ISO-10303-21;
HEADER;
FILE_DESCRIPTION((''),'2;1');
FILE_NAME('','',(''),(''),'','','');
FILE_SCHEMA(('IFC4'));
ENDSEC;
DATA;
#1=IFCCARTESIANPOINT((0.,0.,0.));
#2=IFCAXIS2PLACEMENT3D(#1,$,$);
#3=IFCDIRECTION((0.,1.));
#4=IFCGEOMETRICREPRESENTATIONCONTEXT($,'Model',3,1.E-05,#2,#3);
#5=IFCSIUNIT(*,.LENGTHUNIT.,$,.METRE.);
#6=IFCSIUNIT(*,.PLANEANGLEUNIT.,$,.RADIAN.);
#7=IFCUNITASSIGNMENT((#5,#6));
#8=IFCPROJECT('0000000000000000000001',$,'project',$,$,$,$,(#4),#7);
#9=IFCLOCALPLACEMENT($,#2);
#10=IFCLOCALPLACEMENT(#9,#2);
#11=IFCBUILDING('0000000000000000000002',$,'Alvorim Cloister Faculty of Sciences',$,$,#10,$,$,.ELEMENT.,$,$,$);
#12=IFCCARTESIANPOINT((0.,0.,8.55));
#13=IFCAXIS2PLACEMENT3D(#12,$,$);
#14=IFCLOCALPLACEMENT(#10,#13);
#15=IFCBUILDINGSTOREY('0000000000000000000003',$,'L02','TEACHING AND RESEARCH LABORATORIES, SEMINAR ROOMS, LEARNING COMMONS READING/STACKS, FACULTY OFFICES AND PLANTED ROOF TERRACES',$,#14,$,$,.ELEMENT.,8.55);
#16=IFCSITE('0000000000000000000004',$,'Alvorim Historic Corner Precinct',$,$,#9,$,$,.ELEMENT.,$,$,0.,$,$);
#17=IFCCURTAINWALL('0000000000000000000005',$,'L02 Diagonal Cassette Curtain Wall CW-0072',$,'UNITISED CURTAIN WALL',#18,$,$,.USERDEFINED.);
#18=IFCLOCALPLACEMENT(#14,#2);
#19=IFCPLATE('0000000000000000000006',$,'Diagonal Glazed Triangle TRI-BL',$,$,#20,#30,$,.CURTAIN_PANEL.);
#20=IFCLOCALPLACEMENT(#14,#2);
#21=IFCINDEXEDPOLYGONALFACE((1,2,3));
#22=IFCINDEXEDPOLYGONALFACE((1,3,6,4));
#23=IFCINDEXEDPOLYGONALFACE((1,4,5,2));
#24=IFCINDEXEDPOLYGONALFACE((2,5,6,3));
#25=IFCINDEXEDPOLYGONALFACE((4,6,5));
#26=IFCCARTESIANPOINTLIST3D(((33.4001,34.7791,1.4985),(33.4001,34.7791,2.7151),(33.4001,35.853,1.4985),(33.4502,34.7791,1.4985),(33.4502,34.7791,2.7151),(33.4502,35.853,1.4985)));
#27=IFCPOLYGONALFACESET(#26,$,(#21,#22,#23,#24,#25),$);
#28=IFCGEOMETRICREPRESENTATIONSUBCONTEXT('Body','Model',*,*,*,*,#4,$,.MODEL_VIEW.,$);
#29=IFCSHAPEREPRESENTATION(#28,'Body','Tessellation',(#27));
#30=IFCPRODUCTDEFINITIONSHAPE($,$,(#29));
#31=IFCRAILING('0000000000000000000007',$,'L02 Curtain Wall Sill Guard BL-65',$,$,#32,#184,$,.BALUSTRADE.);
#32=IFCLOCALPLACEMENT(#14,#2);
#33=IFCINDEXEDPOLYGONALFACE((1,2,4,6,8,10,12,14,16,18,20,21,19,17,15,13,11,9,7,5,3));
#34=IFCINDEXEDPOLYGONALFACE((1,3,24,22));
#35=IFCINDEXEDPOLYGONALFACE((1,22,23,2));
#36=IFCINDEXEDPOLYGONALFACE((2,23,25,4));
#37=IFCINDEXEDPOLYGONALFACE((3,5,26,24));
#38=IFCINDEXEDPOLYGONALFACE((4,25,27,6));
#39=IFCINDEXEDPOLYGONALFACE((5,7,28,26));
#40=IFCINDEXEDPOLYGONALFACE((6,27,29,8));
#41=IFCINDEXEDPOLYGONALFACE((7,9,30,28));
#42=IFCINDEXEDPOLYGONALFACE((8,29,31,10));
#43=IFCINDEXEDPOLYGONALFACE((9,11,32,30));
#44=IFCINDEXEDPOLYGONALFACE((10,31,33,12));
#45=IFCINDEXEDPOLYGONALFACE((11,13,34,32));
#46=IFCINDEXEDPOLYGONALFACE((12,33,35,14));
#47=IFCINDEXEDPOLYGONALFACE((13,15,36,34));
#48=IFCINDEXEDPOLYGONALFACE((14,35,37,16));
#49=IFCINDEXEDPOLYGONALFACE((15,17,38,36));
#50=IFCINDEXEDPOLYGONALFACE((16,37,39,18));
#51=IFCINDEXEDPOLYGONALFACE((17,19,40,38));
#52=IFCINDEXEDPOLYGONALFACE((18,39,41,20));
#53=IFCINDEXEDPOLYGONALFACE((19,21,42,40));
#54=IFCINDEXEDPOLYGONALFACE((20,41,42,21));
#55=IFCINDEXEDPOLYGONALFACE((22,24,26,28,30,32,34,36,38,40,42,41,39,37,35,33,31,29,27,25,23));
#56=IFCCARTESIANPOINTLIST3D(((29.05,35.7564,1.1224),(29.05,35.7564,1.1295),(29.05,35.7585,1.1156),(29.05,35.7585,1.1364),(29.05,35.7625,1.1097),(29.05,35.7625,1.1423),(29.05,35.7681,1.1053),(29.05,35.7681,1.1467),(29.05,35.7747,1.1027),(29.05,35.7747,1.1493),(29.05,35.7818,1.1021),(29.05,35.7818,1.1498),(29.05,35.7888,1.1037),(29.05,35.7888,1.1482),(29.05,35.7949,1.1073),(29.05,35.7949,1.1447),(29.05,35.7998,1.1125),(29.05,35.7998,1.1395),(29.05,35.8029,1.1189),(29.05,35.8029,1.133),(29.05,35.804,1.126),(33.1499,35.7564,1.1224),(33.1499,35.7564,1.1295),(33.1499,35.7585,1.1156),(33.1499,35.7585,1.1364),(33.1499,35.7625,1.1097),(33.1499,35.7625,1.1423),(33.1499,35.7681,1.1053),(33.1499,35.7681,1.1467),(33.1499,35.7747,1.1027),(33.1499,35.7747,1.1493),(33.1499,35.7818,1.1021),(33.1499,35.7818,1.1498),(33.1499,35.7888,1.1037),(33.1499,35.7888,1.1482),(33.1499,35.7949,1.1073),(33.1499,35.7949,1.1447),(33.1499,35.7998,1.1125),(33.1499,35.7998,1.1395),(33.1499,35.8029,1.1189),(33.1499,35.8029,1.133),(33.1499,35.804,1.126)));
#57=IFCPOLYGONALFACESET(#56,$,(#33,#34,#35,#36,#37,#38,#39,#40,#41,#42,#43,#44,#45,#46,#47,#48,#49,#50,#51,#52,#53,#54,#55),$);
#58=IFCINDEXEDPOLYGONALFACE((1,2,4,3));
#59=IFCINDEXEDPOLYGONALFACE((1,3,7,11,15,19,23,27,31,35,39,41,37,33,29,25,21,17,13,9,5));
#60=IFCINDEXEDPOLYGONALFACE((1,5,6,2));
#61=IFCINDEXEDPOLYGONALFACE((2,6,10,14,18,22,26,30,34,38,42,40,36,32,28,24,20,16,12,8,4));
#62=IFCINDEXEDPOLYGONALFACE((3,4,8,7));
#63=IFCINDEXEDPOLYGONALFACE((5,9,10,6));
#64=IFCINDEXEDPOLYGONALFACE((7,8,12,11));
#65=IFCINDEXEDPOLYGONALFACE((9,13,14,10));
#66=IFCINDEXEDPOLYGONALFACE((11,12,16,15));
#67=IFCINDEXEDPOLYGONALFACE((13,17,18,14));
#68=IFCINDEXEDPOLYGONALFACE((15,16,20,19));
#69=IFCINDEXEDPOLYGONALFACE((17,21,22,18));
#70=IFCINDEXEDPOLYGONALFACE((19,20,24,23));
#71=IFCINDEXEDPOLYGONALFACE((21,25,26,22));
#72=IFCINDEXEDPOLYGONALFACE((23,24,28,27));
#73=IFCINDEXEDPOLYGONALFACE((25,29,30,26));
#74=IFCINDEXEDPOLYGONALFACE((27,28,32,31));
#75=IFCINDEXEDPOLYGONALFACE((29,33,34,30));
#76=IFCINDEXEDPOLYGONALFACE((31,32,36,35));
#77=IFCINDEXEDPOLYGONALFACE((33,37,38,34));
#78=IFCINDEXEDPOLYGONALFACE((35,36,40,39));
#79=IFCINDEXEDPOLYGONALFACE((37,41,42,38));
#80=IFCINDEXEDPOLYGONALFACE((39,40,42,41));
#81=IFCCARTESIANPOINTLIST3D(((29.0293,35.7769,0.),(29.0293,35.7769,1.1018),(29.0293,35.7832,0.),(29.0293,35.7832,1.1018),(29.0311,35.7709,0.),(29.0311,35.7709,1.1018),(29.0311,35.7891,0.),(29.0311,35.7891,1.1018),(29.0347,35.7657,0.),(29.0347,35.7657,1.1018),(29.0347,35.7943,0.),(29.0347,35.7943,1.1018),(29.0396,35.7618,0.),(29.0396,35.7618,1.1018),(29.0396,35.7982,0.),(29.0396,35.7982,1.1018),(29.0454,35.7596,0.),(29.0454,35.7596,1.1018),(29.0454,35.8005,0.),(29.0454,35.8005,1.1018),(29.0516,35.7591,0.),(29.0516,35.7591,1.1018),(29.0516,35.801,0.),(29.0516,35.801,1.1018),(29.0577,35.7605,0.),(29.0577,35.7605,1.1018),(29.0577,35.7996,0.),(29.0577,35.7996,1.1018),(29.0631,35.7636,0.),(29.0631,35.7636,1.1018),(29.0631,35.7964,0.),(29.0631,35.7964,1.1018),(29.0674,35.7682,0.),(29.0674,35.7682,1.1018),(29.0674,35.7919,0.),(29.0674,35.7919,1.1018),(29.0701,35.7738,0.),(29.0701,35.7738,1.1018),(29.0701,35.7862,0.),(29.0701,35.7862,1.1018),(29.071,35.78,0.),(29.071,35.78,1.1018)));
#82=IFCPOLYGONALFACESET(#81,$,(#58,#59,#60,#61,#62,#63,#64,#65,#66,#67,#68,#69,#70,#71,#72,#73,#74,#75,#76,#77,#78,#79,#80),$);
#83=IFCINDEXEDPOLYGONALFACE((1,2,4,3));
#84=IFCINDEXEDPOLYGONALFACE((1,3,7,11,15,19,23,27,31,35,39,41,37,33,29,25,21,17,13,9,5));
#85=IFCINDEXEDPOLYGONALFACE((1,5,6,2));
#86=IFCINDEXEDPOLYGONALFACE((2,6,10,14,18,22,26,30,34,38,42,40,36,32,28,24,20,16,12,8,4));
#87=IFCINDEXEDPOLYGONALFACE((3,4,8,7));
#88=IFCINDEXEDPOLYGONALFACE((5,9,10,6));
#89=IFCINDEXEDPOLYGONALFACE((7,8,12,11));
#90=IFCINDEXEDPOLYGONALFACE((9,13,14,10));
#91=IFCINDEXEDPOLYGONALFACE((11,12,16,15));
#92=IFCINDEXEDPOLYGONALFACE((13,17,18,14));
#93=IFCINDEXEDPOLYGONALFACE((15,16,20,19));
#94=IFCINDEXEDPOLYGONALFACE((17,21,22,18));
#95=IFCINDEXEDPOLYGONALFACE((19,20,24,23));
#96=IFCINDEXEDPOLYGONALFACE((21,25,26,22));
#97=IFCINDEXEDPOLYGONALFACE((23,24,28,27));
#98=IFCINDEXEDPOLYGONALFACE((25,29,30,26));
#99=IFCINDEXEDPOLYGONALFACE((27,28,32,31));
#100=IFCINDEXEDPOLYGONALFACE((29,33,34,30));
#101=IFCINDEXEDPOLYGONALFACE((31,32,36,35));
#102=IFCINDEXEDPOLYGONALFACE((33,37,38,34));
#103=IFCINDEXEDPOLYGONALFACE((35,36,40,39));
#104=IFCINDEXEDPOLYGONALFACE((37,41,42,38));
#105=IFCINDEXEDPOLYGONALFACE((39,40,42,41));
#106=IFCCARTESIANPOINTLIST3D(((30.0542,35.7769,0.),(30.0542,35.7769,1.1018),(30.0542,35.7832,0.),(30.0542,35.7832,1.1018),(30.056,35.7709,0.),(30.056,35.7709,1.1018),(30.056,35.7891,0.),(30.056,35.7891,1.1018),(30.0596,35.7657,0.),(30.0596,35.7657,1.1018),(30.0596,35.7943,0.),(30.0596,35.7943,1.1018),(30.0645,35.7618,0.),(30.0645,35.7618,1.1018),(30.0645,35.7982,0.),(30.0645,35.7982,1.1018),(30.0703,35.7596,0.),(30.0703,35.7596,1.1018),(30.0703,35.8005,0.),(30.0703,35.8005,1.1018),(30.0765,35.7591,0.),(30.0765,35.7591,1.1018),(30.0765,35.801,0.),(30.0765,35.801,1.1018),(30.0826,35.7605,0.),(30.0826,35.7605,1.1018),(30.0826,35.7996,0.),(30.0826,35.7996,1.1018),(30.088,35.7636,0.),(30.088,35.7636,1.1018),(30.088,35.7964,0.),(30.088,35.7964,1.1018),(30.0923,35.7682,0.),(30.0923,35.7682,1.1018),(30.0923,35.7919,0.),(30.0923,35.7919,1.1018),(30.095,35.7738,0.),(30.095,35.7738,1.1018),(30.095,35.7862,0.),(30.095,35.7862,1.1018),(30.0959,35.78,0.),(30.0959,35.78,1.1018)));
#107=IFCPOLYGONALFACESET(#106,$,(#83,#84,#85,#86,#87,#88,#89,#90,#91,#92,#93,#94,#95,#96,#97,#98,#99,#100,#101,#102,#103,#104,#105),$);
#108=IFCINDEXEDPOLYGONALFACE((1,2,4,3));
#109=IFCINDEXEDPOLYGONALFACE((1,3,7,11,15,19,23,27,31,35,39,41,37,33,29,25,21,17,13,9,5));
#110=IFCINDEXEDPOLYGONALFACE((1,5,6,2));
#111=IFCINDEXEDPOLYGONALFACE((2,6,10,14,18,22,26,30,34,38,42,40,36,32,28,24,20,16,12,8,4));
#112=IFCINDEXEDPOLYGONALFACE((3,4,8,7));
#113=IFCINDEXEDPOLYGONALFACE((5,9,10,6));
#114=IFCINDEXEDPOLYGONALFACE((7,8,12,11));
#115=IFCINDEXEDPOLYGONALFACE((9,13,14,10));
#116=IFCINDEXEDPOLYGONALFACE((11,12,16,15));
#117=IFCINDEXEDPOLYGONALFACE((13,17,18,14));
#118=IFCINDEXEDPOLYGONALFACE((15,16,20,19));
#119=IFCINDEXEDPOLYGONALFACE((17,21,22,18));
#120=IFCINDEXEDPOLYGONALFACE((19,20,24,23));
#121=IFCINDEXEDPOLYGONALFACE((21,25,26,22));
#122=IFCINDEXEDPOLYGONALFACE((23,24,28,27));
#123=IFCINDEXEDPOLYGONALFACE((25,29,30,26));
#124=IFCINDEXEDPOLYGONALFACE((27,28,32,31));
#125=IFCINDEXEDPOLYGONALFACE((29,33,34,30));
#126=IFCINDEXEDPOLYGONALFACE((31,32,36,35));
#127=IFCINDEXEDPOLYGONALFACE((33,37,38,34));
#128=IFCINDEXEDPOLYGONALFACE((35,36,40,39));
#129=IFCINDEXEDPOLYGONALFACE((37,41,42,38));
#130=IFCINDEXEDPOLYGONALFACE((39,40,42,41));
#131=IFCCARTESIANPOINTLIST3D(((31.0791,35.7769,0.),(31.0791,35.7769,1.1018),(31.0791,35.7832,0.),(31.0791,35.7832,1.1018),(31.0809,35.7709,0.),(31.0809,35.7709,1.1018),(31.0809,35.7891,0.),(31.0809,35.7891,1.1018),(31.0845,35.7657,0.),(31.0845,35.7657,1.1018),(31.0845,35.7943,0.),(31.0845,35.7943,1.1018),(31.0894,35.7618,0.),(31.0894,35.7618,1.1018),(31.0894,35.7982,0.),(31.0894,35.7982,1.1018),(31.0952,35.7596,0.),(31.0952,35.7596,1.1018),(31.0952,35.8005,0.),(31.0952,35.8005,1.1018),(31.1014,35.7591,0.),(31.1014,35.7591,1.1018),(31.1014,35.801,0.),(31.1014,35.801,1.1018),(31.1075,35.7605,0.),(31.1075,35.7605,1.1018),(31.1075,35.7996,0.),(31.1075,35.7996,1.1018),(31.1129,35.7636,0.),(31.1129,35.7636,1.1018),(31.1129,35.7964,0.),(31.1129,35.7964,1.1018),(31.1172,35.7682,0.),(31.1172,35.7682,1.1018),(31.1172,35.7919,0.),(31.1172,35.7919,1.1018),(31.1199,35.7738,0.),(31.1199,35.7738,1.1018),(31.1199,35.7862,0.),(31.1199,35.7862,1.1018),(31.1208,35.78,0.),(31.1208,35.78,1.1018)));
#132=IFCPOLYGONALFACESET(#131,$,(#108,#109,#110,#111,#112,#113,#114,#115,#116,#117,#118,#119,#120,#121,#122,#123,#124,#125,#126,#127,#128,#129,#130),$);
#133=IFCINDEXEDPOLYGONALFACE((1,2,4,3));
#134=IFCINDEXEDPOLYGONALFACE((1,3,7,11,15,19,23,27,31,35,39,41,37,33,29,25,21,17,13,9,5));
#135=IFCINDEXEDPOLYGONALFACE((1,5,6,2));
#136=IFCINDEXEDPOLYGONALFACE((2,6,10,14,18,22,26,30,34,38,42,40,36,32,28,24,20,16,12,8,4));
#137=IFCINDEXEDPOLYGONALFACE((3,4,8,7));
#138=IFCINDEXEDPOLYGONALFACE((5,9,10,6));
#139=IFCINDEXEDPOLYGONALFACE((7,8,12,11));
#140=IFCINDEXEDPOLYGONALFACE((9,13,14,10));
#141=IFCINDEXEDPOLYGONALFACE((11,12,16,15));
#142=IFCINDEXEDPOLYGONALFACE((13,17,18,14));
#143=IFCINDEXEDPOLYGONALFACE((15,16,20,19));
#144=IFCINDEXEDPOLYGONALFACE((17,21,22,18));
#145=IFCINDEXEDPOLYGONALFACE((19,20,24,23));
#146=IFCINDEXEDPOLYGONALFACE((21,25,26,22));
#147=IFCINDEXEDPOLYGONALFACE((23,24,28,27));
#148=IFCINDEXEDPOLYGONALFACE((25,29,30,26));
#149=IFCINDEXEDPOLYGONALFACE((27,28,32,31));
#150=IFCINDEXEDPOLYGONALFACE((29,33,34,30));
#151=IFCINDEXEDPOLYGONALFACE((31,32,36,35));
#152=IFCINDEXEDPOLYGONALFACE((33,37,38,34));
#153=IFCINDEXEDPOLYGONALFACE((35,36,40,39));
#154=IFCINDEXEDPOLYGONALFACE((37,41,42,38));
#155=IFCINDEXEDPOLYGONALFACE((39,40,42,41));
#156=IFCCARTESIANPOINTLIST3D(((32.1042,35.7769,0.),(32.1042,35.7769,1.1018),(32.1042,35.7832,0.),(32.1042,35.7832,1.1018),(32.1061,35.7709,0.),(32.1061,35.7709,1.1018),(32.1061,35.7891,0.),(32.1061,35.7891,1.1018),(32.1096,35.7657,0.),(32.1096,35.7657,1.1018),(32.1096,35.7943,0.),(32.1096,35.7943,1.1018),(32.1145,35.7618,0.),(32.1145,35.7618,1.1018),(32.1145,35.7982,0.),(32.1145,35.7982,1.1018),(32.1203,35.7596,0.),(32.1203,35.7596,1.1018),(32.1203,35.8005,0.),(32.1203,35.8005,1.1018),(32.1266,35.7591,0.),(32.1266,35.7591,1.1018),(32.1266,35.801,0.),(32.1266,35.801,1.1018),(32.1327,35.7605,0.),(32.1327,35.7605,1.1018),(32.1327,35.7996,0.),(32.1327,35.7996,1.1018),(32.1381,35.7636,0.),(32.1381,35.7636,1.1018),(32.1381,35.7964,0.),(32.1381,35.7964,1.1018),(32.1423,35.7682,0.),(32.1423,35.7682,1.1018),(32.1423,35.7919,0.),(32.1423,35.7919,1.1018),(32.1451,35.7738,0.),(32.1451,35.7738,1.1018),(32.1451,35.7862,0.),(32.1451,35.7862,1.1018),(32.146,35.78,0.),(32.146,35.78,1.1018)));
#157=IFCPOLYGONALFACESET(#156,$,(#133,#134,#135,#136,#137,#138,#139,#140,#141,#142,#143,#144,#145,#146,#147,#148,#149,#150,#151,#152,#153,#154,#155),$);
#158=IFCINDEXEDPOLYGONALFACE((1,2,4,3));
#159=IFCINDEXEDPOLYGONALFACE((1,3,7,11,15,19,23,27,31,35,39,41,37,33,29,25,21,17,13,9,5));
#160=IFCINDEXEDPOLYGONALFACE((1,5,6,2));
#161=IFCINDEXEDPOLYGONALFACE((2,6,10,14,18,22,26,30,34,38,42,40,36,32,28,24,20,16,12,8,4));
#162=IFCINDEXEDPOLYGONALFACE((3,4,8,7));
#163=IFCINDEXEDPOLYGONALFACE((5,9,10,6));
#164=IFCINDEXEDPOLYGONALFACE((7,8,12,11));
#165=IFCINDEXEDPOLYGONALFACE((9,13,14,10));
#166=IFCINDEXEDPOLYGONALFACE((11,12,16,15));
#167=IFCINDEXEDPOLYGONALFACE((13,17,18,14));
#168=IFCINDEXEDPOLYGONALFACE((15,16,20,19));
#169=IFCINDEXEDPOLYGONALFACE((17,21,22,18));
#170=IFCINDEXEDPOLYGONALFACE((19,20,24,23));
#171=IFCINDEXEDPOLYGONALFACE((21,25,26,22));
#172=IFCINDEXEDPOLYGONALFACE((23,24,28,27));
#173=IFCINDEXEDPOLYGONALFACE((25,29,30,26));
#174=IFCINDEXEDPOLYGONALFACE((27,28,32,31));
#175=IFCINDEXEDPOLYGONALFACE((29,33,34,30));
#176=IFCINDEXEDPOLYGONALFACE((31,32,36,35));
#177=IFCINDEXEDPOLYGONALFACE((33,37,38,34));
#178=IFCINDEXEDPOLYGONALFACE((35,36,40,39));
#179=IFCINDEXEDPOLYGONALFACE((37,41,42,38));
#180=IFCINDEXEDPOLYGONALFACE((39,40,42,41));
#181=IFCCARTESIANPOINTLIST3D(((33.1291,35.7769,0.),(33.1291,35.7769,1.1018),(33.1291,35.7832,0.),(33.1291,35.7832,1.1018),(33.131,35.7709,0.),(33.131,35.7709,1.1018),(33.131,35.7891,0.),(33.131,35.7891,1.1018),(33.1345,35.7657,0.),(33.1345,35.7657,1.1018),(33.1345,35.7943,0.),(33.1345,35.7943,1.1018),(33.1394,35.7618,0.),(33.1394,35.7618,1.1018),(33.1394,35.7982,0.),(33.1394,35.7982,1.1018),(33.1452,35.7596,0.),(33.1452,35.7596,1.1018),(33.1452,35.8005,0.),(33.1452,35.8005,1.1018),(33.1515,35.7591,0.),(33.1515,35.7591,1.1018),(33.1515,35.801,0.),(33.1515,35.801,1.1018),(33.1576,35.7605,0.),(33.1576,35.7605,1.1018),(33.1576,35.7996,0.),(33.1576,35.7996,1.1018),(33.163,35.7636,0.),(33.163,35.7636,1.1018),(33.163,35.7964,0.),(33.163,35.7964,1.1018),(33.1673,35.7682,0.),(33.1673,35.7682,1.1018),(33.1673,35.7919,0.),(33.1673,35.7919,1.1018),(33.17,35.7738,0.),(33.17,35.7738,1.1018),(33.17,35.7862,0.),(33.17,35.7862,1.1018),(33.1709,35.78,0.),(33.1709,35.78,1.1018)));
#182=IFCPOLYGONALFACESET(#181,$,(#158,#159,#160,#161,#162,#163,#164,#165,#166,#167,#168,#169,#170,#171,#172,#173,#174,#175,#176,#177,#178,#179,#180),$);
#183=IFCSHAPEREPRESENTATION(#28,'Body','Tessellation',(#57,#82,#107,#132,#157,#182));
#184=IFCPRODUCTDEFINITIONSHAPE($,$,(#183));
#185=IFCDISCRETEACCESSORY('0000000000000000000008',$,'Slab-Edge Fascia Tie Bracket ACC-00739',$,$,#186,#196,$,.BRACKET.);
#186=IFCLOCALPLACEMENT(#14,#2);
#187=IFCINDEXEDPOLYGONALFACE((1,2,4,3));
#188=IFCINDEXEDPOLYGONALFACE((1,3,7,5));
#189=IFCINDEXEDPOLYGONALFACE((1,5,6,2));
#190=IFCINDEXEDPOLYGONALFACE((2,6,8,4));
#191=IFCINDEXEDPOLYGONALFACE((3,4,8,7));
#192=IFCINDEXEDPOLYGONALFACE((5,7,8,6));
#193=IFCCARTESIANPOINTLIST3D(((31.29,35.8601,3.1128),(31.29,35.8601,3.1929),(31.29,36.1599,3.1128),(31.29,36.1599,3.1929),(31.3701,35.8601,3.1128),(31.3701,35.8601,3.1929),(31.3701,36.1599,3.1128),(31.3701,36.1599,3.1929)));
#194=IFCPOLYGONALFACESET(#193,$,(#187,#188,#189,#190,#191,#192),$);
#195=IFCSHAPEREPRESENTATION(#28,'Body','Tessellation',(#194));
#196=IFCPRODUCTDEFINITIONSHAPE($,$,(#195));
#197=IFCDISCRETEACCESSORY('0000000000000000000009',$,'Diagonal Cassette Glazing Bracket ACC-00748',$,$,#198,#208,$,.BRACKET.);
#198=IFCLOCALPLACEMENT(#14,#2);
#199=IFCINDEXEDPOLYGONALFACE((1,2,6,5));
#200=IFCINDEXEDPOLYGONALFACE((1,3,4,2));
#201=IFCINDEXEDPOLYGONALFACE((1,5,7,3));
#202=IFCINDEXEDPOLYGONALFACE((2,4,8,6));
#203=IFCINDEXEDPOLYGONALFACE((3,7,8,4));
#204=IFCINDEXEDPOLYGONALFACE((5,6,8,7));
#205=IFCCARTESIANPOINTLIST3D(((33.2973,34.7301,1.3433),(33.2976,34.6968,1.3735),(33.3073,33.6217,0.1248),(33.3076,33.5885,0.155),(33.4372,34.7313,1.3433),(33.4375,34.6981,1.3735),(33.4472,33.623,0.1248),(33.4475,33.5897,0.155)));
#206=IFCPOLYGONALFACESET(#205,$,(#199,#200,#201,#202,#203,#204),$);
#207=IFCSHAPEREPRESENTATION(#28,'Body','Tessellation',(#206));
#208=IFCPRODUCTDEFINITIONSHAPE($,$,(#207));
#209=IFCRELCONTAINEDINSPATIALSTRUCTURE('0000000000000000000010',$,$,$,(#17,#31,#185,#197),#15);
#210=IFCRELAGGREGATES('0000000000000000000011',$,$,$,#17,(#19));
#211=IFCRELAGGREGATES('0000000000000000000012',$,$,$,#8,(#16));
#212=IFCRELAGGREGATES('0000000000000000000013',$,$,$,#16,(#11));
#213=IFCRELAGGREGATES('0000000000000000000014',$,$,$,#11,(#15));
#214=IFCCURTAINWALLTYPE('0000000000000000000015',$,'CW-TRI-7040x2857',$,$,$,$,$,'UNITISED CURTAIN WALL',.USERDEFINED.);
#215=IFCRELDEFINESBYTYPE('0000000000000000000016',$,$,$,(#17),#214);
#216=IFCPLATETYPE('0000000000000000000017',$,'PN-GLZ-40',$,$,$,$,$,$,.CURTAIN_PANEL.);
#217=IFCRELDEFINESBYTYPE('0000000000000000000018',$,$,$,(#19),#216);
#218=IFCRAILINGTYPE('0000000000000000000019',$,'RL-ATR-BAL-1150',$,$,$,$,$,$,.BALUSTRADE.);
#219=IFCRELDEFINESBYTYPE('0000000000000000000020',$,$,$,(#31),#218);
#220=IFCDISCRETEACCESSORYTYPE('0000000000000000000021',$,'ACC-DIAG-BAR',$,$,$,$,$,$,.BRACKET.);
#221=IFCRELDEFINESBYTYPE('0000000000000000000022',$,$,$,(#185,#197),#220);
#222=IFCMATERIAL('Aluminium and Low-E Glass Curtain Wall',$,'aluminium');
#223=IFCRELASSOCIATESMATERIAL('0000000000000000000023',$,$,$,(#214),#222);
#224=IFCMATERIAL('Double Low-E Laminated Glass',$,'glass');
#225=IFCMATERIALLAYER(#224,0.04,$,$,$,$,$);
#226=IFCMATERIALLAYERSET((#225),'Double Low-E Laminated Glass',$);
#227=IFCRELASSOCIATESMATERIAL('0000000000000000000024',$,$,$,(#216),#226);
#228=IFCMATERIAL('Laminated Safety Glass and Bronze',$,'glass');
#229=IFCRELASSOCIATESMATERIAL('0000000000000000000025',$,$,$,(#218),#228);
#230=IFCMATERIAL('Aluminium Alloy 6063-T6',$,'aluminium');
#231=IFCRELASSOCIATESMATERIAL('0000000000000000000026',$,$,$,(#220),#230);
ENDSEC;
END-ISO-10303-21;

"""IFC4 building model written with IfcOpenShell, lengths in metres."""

from ifc_helpers import new_model, si_unit, direction, frame, origin, origin_2d, place, context, subcontext, project, spatial, polyline, rectangle, circle, outline, extrude, material, layer, layer_set, type_object, element, aggregate, save


model = new_model("IFC4")

# Units and contexts
model_context = context("Model", 3, precision=1e-05, world=origin(), true_north=direction((0.0, 1.0)))
body_context = subcontext(model_context, "Body", "Model", "MODEL_VIEW")
ifc_project = project(units=[si_unit("LENGTHUNIT", "METRE"), si_unit("PLANEANGLEUNIT", "RADIAN")], contexts=[model_context])

# Site, building, storey
site_placement = place(None, origin())
site = spatial("IfcSite", under=ifc_project, at=site_placement, Name="Alvorim Historic Corner Precinct", CompositionType="ELEMENT", RefElevation=0.0)
building_placement = place(site_placement, origin())
building = spatial("IfcBuilding", under=site, at=building_placement, Name="Alvorim Cloister Faculty of Sciences", CompositionType="ELEMENT")
storey_placement = place(building_placement, frame((0.0, 0.0, 8.55)))
storey = spatial("IfcBuildingStorey", under=building, at=storey_placement, Name="L02", Description="TEACHING AND RESEARCH LABORATORIES, SEMINAR ROOMS, LEARNING COMMONS READING/STACKS, FACULTY OFFICES AND PLANTED ROOF TERRACES", CompositionType="ELEMENT", Elevation=8.55)

# Curtain wall
ifc_material_1 = material(Name="Aluminium and Low-E Glass Curtain Wall", Category="aluminium")
ifc_material_2 = material(Name="Aluminium Alloy 6063-T6", Category="aluminium")
curtain_wall_type_1 = type_object("IfcCurtainWallType", Name="CW-TRI-7040x2857", ElementType="UNITISED CURTAIN WALL", PredefinedType="USERDEFINED", material=ifc_material_1)
curtain_wall_1_placement = place(storey_placement, origin())
curtain_wall_1 = element("IfcCurtainWall", 1, at=curtain_wall_1_placement, inside=storey, type_object=curtain_wall_type_1, Name="L02 Diagonal Cassette Curtain Wall CW-0072", ObjectType="UNITISED CURTAIN WALL", PredefinedType="USERDEFINED")

# Plate
ifc_material_3 = material(Name="Double Low-E Laminated Glass", Category="glass")
ifc_layer = layer(ifc_material_3, 0.04)
ifc_layer_set = layer_set([ifc_layer], Name="Double Low-E Laminated Glass")
plate_type = type_object("IfcPlateType", Name="PN-GLZ-40", PredefinedType="CURTAIN_PANEL", material=ifc_layer_set)
plate_1_placement = place(storey_placement, frame((33.425, 34.7791, 1.4985), z_axis=(0.0, 0.0, 1.0), x_axis=(0.0, 1.0, 0.0)))
plate_1 = element("IfcPlate", 2, at=plate_1_placement, type_object=plate_type, Name="Diagonal Glazed Triangle TRI-BL", PredefinedType="CURTAIN_PANEL", context=body_context, shape_type="SweptSolid", body=[
    extrude(outline(polyline([(0.0, 0.0), (1.074, 0.0), (0.0, 1.2166), (0.0, 0.0)])), frame((0.0, 0.0249, 0.0), z_axis=(0.0, -1.0, 0.0), x_axis=(1.0, 0.0, 0.0)), (0.0, 0.0, 1.0), 0.05),
])
aggregate(curtain_wall_1, [plate_1])

# Railing
ifc_material_4 = material(Name="Laminated Safety Glass and Bronze", Category="glass")
railing_type = type_object("IfcRailingType", Name="RL-ATR-BAL-1150", PredefinedType="BALUSTRADE", material=ifc_material_4)
railing_placement = place(storey_placement, frame((29.05, 35.78, 0.0)))
element("IfcRailing", 3, at=railing_placement, inside=storey, type_object=railing_type, Name="L02 Curtain Wall Sill Guard BL-65", PredefinedType="BALUSTRADE", context=body_context, shape_type="SweptSolid", body=[
    extrude(circle(Radius=0.0239, at=origin_2d()), frame((0.0, 0.0, 1.126), z_axis=(1.0, 0.0, 0.0), x_axis=(0.0, 1.0, 0.0)), (0.0, 0.0, 1.0), 4.0999),
    extrude(circle(Radius=0.021, at=origin_2d()), origin(), (0.0, 0.0, 1.0), 1.1018),
    extrude(circle(Radius=0.021, at=origin_2d()), frame((1.0249, 0.0, 0.0)), (0.0, 0.0, 1.0), 1.1018),
    extrude(circle(Radius=0.021, at=origin_2d()), frame((2.0498, 0.0, 0.0)), (0.0, 0.0, 1.0), 1.1018),
    extrude(circle(Radius=0.021, at=origin_2d()), frame((3.075, 0.0, 0.0)), (0.0, 0.0, 1.0), 1.1018),
    extrude(circle(Radius=0.021, at=origin_2d()), frame((4.0999, 0.0, 0.0)), (0.0, 0.0, 1.0), 1.1018),
])

# Discrete accessories
discrete_accessory_type = type_object("IfcDiscreteAccessoryType", Name="ACC-DIAG-BAR", PredefinedType="BRACKET", material=ifc_material_2)
discrete_accessory_placement = place(storey_placement, frame((31.3301, 35.8601, 3.1528), z_axis=(0.0, 1.0, 0.0), x_axis=(-1.0, 0.0, 0.0)))
element("IfcDiscreteAccessory", 4, at=discrete_accessory_placement, inside=storey, type_object=discrete_accessory_type, Name="Slab-Edge Fascia Tie Bracket ACC-00739", PredefinedType="BRACKET", context=body_context, shape_type="SweptSolid", body=[
    extrude(rectangle(XDim=0.0801, YDim=0.0801, at=origin_2d()), origin(), (0.0, 0.0, 1.0), 0.2998),
])
for number, where, z_axis, x_axis, name in (
    (5, (33.3774, 33.6057, 0.1399), (-0.006077, 0.672882, 0.739725), (-0.999959, -0.00903, 0.0), "Diagonal Cassette Glazing Bracket ACC-00748"),
):
    element("IfcDiscreteAccessory", number, at=place(storey_placement, frame(where, z_axis=z_axis, x_axis=x_axis)), inside=storey, type_object=discrete_accessory_type, Name=name, PredefinedType="BRACKET", context=body_context, shape_type="SweptSolid", body=[
        extrude(rectangle(XDim=0.1399, YDim=0.0449, at=origin_2d()), origin(), (0.0, 0.0, 1.0), 1.6472),
    ])

save(model, "model.ifc")
